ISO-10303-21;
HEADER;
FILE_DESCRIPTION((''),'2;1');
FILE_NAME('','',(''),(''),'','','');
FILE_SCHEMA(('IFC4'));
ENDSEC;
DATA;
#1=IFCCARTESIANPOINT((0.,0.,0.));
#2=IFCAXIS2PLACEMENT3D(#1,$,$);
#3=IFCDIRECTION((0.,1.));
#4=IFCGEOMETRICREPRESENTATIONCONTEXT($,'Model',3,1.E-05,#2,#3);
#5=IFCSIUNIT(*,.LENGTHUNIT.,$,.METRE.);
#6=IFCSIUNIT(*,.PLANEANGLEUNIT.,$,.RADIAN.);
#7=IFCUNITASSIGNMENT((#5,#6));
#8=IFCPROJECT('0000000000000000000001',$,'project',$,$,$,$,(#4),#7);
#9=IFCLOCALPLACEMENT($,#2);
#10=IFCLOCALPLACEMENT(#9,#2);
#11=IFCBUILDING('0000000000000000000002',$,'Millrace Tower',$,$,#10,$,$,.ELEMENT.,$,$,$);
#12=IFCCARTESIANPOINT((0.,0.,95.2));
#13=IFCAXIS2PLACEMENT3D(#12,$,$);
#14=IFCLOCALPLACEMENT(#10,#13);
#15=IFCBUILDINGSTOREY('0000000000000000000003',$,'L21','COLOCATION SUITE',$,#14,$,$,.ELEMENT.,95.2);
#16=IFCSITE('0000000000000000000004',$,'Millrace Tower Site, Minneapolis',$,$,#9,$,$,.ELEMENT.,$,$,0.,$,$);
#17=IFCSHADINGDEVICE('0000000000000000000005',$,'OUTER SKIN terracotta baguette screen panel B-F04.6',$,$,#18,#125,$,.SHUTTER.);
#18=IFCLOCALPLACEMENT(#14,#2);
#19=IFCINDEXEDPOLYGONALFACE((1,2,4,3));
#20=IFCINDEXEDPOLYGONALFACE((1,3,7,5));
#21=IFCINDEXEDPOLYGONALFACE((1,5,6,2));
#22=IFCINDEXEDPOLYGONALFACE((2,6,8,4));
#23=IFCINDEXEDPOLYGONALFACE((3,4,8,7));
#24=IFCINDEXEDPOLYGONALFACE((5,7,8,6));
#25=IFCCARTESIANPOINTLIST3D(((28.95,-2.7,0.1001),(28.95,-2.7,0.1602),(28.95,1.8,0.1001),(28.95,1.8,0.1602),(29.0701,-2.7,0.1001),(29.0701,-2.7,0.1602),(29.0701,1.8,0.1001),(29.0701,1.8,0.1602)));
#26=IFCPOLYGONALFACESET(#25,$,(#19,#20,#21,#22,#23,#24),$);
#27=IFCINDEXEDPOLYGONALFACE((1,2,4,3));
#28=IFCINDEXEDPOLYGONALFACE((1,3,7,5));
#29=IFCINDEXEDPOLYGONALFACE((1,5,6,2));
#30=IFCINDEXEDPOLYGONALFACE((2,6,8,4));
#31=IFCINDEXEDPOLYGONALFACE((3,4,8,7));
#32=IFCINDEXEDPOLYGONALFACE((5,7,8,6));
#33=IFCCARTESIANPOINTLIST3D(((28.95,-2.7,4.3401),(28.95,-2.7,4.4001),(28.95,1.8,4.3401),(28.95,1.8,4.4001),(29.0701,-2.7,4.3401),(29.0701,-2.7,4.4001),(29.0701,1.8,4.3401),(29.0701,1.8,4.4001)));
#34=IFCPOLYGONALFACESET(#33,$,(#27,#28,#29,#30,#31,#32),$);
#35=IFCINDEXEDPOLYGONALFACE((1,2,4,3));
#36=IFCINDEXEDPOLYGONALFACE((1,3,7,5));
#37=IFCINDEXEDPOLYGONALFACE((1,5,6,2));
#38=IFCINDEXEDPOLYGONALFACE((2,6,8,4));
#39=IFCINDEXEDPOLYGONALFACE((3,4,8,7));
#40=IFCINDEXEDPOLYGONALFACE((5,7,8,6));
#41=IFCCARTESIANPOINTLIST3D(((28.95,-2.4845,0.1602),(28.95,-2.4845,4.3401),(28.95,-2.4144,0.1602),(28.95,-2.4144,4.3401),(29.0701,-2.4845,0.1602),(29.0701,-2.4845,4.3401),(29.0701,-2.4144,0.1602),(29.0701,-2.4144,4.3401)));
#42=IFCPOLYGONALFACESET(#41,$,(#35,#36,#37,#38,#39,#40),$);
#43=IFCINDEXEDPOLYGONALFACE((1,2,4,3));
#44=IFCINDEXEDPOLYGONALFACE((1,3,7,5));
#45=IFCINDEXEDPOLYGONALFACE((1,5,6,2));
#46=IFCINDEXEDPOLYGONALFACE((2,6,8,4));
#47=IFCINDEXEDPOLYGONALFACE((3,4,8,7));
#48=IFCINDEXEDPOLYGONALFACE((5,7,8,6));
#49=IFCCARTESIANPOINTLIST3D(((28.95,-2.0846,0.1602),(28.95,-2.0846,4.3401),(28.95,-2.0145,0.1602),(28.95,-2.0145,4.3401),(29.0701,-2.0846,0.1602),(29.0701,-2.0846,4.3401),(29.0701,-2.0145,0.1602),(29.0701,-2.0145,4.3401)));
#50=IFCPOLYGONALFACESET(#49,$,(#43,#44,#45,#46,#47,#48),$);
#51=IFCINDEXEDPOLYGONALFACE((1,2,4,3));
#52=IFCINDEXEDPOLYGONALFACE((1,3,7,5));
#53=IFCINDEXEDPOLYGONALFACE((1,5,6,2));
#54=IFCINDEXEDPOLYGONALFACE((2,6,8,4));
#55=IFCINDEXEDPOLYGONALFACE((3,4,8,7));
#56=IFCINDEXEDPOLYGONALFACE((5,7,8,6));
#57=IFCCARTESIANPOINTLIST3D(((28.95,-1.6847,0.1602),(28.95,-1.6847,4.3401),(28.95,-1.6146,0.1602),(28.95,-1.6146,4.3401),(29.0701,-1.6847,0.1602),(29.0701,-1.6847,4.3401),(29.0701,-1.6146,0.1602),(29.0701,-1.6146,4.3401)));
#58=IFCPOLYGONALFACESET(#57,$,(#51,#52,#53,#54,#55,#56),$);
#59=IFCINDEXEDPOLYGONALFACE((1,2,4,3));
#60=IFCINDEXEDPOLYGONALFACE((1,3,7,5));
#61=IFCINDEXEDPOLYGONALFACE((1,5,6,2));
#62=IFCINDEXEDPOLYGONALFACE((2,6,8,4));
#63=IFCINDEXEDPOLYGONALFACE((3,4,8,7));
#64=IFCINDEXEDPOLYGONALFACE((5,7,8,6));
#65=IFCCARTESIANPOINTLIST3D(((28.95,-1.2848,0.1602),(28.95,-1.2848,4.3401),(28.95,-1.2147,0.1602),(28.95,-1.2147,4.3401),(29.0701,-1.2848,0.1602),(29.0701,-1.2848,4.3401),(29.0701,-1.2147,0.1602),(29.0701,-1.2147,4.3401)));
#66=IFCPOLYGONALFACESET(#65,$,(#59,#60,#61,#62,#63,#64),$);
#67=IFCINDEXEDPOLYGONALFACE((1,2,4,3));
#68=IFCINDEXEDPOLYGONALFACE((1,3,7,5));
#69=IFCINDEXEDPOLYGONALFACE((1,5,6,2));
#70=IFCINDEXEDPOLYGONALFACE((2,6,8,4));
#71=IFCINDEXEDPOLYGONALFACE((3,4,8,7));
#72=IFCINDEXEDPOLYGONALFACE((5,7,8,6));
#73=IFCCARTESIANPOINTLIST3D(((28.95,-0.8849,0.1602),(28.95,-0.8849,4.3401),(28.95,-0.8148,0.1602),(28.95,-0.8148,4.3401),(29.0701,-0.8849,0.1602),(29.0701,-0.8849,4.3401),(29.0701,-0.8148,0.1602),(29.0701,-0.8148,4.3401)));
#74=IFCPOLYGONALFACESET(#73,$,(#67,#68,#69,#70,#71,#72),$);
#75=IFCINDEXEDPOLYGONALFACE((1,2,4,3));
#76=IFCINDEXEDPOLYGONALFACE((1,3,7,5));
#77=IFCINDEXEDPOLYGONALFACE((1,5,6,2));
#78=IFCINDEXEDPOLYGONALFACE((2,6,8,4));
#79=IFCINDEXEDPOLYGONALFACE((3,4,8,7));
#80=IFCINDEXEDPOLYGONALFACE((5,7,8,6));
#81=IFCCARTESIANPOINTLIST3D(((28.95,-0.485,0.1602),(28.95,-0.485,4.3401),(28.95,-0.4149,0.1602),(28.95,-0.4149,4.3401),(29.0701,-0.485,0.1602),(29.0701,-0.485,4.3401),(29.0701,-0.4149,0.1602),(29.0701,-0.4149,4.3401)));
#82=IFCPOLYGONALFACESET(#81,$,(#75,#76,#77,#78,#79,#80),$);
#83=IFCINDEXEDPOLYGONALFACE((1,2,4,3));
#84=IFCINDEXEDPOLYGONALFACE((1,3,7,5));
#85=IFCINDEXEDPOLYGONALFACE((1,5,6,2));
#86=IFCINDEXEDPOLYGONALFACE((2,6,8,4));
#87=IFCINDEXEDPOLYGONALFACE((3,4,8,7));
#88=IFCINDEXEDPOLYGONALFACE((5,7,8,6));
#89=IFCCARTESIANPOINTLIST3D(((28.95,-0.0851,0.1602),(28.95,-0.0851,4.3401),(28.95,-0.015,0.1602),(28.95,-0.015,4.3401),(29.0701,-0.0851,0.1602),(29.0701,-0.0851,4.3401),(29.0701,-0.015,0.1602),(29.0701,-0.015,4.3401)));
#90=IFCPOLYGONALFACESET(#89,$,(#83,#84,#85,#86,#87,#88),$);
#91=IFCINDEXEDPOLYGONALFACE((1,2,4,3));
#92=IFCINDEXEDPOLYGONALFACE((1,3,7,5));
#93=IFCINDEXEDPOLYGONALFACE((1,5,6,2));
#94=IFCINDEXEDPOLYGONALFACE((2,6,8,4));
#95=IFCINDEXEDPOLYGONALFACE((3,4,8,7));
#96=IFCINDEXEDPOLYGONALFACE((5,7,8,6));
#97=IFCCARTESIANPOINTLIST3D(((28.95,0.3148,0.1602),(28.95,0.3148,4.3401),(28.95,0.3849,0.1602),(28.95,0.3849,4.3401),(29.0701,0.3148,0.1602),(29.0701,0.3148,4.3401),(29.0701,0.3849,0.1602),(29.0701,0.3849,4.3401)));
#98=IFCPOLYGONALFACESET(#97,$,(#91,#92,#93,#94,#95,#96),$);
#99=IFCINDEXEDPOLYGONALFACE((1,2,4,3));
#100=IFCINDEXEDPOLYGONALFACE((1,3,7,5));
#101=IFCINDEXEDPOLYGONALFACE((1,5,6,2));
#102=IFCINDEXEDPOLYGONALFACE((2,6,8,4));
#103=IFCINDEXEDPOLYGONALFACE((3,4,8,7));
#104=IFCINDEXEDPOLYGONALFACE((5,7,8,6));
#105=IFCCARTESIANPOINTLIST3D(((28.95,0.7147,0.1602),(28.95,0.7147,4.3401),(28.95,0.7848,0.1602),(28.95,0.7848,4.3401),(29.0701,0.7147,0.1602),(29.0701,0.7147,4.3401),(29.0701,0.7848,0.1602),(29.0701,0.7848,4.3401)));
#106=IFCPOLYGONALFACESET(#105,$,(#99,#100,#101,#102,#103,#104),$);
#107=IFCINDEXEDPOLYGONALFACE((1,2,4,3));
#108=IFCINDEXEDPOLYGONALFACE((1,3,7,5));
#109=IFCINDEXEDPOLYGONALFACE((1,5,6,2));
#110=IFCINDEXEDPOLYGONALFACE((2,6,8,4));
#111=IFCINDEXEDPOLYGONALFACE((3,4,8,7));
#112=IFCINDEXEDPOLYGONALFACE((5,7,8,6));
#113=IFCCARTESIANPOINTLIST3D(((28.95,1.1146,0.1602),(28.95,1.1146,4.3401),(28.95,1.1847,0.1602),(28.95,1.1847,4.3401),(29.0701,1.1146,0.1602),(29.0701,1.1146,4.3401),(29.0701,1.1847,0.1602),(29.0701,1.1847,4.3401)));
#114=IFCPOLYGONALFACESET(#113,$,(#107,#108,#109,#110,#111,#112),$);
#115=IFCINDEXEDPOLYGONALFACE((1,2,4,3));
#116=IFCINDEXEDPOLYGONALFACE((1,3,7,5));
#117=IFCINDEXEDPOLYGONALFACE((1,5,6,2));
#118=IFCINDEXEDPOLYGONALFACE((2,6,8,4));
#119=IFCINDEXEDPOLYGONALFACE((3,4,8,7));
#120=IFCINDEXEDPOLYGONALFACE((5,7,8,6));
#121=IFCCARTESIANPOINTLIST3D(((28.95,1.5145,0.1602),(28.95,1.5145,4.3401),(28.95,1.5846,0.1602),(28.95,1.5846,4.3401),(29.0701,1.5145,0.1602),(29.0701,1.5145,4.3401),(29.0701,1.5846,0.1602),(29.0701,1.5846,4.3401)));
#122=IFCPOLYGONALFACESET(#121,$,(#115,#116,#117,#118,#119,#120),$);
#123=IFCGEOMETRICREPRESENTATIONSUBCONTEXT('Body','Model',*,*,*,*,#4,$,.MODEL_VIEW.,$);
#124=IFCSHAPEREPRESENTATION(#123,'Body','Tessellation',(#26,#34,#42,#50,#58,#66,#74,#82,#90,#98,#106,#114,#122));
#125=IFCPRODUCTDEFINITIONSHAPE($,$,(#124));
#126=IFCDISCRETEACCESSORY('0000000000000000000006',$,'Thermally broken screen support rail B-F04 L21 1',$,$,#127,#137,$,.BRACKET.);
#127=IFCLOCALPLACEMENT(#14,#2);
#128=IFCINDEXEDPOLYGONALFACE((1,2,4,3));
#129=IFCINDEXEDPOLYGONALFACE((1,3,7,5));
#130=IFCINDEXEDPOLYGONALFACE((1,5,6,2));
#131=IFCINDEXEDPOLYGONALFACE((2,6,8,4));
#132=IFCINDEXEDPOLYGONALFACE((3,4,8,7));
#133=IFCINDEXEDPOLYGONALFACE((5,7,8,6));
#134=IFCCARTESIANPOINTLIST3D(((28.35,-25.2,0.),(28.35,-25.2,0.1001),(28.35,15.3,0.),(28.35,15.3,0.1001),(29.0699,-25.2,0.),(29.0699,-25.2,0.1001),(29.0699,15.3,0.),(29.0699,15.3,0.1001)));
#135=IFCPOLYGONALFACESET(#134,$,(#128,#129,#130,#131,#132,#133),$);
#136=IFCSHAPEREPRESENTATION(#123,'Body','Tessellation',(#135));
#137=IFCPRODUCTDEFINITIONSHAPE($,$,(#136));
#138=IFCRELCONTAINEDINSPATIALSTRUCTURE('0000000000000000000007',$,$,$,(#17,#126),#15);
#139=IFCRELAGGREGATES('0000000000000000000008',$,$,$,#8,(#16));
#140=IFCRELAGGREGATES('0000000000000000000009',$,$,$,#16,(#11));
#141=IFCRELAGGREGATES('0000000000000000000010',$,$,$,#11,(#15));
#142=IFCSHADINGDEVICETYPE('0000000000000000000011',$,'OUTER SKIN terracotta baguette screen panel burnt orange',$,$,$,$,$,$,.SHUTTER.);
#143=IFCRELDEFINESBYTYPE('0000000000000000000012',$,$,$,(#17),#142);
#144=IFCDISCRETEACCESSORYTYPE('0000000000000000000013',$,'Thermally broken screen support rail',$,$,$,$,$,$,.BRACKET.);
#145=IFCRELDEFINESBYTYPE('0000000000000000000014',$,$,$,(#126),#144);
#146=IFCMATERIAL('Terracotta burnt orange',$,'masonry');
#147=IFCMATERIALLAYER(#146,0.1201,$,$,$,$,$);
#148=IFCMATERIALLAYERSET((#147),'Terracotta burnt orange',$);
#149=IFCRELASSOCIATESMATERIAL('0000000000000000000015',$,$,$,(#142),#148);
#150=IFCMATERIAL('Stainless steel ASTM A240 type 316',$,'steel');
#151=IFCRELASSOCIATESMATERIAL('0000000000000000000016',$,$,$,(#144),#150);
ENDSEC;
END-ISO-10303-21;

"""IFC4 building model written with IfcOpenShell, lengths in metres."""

from ifc_helpers import new_model, entity, si_unit, direction, frame, frame_2d, origin, origin_2d, place, context, subcontext, project, spatial, rectangle, extrude, source, transform, mapped, material, layer, layer_set, type_object, element, save


model = new_model("IFC4")

# Units and contexts
model_context = context("Model", 3, precision=1e-05, world=origin(), true_north=direction((0.0, 1.0)))
body_context = subcontext(model_context, "Body", "Model", "MODEL_VIEW")
ifc_project = project(units=[si_unit("LENGTHUNIT", "METRE"), si_unit("PLANEANGLEUNIT", "RADIAN")], contexts=[model_context])

# Site, building, storey
site_placement = place(None, origin())
site = spatial("IfcSite", under=ifc_project, at=site_placement, Name="Millrace Tower Site, Minneapolis", CompositionType="ELEMENT", RefElevation=0.0)
building_placement = place(site_placement, origin())
building = spatial("IfcBuilding", under=site, at=building_placement, Name="Millrace Tower", CompositionType="ELEMENT")
storey_placement = place(building_placement, frame((0.0, 0.0, 95.2)))
storey = spatial("IfcBuildingStorey", under=building, at=storey_placement, Name="L21", Description="COLOCATION SUITE", CompositionType="ELEMENT", Elevation=95.2)

# Shading device
ifc_material_1 = material(Name="Terracotta burnt orange", Category="masonry")
ifc_layer_1 = layer(ifc_material_1, 0.1201)
ifc_layer_set_1 = layer_set([ifc_layer_1], Name="Terracotta burnt orange")
shading_device_type = type_object("IfcShadingDeviceType", Name="OUTER SKIN terracotta baguette screen panel burnt orange", PredefinedType="SHUTTER", material=ifc_layer_set_1)
cartesian_point = entity("IfcCartesianPoint", [-2.25, 0.0601])
shared_polyline = entity("IfcPolyline", [cartesian_point, entity("IfcCartesianPoint", [2.25, 0.0601]), entity("IfcCartesianPoint", [2.25, -0.0601]), entity("IfcCartesianPoint", [-2.25, -0.0601]), cartesian_point])
shared_shape = source(origin(), body_context, "Body", "SweptSolid", [
    entity("IfcExtrudedAreaSolid", entity("IfcArbitraryClosedProfileDef", "AREA", None, shared_polyline), entity("IfcAxis2Placement3D", entity("IfcCartesianPoint", [0.0, 0.0, 0.0])), entity("IfcDirection", [0.0, 0.0, 1.0]), 0.0601),
    entity("IfcExtrudedAreaSolid", entity("IfcArbitraryClosedProfileDef", "AREA", None, shared_polyline), entity("IfcAxis2Placement3D", entity("IfcCartesianPoint", [0.0, 0.0, 4.24])), entity("IfcDirection", [0.0, 0.0, 1.0]), 0.0601),
    extrude(rectangle(XDim=0.0701, YDim=0.1201, at=frame_2d((-1.9995, 0.0))), frame((0.0, 0.0, 0.0601)), (0.0, 0.0, 1.0), 4.1799),
    extrude(rectangle(XDim=0.0701, YDim=0.1201, at=frame_2d((-1.5996, 0.0))), frame((0.0, 0.0, 0.0601)), (0.0, 0.0, 1.0), 4.1799),
    extrude(rectangle(XDim=0.0701, YDim=0.1201, at=frame_2d((-1.1997, 0.0))), frame((0.0, 0.0, 0.0601)), (0.0, 0.0, 1.0), 4.1799),
    extrude(rectangle(XDim=0.0701, YDim=0.1201, at=frame_2d((-0.7998, 0.0))), frame((0.0, 0.0, 0.0601)), (0.0, 0.0, 1.0), 4.1799),
    extrude(rectangle(XDim=0.0701, YDim=0.1201, at=frame_2d((-0.3999, 0.0))), frame((0.0, 0.0, 0.0601)), (0.0, 0.0, 1.0), 4.1799),
    extrude(rectangle(XDim=0.0701, YDim=0.1201, at=origin_2d()), frame((0.0, 0.0, 0.0601)), (0.0, 0.0, 1.0), 4.1799),
    extrude(rectangle(XDim=0.0701, YDim=0.1201, at=frame_2d((0.3999, 0.0))), frame((0.0, 0.0, 0.0601)), (0.0, 0.0, 1.0), 4.1799),
    extrude(rectangle(XDim=0.0701, YDim=0.1201, at=frame_2d((0.7998, 0.0))), frame((0.0, 0.0, 0.0601)), (0.0, 0.0, 1.0), 4.1799),
    extrude(rectangle(XDim=0.0701, YDim=0.1201, at=frame_2d((1.1997, 0.0))), frame((0.0, 0.0, 0.0601)), (0.0, 0.0, 1.0), 4.1799),
    extrude(rectangle(XDim=0.0701, YDim=0.1201, at=frame_2d((1.5996, 0.0))), frame((0.0, 0.0, 0.0601)), (0.0, 0.0, 1.0), 4.1799),
    extrude(rectangle(XDim=0.0701, YDim=0.1201, at=frame_2d((1.9995, 0.0))), frame((0.0, 0.0, 0.0601)), (0.0, 0.0, 1.0), 4.1799),
])
for number, where, z_axis, x_axis, name in (
    (1, (29.01, -0.45, 0.1001), (0.0, 0.0, 1.0), (0.0, 1.0, 0.0), "OUTER SKIN terracotta baguette screen panel B-F04.6"),
):
    element("IfcShadingDevice", number, at=place(storey_placement, frame(where, z_axis=z_axis, x_axis=x_axis)), inside=storey, type_object=shading_device_type, Name=name, PredefinedType="SHUTTER", context=body_context, shape_type="MappedRepresentation", body=[
        mapped(shared_shape, transform((0.0, 0.0, 0.0), scale=1.0)),
    ])

# Discrete accessory
ifc_material_2 = material(Name="Stainless steel ASTM A240 type 316", Category="steel")
discrete_accessory_type = type_object("IfcDiscreteAccessoryType", Name="Thermally broken screen support rail", PredefinedType="BRACKET", material=ifc_material_2)
discrete_accessory_placement = place(storey_placement, frame((28.71, -4.95, 0.0), z_axis=(0.0, 0.0, 1.0), x_axis=(0.0, 1.0, 0.0)))
element("IfcDiscreteAccessory", 2, at=discrete_accessory_placement, inside=storey, type_object=discrete_accessory_type, Name="Thermally broken screen support rail B-F04 L21 1", PredefinedType="BRACKET", context=body_context, shape_type="SweptSolid", body=[
    extrude(rectangle(XDim=40.5, YDim=0.72, at=origin_2d()), origin(), (0.0, 0.0, 1.0), 0.1001),
])

save(model, "model.ifc")
